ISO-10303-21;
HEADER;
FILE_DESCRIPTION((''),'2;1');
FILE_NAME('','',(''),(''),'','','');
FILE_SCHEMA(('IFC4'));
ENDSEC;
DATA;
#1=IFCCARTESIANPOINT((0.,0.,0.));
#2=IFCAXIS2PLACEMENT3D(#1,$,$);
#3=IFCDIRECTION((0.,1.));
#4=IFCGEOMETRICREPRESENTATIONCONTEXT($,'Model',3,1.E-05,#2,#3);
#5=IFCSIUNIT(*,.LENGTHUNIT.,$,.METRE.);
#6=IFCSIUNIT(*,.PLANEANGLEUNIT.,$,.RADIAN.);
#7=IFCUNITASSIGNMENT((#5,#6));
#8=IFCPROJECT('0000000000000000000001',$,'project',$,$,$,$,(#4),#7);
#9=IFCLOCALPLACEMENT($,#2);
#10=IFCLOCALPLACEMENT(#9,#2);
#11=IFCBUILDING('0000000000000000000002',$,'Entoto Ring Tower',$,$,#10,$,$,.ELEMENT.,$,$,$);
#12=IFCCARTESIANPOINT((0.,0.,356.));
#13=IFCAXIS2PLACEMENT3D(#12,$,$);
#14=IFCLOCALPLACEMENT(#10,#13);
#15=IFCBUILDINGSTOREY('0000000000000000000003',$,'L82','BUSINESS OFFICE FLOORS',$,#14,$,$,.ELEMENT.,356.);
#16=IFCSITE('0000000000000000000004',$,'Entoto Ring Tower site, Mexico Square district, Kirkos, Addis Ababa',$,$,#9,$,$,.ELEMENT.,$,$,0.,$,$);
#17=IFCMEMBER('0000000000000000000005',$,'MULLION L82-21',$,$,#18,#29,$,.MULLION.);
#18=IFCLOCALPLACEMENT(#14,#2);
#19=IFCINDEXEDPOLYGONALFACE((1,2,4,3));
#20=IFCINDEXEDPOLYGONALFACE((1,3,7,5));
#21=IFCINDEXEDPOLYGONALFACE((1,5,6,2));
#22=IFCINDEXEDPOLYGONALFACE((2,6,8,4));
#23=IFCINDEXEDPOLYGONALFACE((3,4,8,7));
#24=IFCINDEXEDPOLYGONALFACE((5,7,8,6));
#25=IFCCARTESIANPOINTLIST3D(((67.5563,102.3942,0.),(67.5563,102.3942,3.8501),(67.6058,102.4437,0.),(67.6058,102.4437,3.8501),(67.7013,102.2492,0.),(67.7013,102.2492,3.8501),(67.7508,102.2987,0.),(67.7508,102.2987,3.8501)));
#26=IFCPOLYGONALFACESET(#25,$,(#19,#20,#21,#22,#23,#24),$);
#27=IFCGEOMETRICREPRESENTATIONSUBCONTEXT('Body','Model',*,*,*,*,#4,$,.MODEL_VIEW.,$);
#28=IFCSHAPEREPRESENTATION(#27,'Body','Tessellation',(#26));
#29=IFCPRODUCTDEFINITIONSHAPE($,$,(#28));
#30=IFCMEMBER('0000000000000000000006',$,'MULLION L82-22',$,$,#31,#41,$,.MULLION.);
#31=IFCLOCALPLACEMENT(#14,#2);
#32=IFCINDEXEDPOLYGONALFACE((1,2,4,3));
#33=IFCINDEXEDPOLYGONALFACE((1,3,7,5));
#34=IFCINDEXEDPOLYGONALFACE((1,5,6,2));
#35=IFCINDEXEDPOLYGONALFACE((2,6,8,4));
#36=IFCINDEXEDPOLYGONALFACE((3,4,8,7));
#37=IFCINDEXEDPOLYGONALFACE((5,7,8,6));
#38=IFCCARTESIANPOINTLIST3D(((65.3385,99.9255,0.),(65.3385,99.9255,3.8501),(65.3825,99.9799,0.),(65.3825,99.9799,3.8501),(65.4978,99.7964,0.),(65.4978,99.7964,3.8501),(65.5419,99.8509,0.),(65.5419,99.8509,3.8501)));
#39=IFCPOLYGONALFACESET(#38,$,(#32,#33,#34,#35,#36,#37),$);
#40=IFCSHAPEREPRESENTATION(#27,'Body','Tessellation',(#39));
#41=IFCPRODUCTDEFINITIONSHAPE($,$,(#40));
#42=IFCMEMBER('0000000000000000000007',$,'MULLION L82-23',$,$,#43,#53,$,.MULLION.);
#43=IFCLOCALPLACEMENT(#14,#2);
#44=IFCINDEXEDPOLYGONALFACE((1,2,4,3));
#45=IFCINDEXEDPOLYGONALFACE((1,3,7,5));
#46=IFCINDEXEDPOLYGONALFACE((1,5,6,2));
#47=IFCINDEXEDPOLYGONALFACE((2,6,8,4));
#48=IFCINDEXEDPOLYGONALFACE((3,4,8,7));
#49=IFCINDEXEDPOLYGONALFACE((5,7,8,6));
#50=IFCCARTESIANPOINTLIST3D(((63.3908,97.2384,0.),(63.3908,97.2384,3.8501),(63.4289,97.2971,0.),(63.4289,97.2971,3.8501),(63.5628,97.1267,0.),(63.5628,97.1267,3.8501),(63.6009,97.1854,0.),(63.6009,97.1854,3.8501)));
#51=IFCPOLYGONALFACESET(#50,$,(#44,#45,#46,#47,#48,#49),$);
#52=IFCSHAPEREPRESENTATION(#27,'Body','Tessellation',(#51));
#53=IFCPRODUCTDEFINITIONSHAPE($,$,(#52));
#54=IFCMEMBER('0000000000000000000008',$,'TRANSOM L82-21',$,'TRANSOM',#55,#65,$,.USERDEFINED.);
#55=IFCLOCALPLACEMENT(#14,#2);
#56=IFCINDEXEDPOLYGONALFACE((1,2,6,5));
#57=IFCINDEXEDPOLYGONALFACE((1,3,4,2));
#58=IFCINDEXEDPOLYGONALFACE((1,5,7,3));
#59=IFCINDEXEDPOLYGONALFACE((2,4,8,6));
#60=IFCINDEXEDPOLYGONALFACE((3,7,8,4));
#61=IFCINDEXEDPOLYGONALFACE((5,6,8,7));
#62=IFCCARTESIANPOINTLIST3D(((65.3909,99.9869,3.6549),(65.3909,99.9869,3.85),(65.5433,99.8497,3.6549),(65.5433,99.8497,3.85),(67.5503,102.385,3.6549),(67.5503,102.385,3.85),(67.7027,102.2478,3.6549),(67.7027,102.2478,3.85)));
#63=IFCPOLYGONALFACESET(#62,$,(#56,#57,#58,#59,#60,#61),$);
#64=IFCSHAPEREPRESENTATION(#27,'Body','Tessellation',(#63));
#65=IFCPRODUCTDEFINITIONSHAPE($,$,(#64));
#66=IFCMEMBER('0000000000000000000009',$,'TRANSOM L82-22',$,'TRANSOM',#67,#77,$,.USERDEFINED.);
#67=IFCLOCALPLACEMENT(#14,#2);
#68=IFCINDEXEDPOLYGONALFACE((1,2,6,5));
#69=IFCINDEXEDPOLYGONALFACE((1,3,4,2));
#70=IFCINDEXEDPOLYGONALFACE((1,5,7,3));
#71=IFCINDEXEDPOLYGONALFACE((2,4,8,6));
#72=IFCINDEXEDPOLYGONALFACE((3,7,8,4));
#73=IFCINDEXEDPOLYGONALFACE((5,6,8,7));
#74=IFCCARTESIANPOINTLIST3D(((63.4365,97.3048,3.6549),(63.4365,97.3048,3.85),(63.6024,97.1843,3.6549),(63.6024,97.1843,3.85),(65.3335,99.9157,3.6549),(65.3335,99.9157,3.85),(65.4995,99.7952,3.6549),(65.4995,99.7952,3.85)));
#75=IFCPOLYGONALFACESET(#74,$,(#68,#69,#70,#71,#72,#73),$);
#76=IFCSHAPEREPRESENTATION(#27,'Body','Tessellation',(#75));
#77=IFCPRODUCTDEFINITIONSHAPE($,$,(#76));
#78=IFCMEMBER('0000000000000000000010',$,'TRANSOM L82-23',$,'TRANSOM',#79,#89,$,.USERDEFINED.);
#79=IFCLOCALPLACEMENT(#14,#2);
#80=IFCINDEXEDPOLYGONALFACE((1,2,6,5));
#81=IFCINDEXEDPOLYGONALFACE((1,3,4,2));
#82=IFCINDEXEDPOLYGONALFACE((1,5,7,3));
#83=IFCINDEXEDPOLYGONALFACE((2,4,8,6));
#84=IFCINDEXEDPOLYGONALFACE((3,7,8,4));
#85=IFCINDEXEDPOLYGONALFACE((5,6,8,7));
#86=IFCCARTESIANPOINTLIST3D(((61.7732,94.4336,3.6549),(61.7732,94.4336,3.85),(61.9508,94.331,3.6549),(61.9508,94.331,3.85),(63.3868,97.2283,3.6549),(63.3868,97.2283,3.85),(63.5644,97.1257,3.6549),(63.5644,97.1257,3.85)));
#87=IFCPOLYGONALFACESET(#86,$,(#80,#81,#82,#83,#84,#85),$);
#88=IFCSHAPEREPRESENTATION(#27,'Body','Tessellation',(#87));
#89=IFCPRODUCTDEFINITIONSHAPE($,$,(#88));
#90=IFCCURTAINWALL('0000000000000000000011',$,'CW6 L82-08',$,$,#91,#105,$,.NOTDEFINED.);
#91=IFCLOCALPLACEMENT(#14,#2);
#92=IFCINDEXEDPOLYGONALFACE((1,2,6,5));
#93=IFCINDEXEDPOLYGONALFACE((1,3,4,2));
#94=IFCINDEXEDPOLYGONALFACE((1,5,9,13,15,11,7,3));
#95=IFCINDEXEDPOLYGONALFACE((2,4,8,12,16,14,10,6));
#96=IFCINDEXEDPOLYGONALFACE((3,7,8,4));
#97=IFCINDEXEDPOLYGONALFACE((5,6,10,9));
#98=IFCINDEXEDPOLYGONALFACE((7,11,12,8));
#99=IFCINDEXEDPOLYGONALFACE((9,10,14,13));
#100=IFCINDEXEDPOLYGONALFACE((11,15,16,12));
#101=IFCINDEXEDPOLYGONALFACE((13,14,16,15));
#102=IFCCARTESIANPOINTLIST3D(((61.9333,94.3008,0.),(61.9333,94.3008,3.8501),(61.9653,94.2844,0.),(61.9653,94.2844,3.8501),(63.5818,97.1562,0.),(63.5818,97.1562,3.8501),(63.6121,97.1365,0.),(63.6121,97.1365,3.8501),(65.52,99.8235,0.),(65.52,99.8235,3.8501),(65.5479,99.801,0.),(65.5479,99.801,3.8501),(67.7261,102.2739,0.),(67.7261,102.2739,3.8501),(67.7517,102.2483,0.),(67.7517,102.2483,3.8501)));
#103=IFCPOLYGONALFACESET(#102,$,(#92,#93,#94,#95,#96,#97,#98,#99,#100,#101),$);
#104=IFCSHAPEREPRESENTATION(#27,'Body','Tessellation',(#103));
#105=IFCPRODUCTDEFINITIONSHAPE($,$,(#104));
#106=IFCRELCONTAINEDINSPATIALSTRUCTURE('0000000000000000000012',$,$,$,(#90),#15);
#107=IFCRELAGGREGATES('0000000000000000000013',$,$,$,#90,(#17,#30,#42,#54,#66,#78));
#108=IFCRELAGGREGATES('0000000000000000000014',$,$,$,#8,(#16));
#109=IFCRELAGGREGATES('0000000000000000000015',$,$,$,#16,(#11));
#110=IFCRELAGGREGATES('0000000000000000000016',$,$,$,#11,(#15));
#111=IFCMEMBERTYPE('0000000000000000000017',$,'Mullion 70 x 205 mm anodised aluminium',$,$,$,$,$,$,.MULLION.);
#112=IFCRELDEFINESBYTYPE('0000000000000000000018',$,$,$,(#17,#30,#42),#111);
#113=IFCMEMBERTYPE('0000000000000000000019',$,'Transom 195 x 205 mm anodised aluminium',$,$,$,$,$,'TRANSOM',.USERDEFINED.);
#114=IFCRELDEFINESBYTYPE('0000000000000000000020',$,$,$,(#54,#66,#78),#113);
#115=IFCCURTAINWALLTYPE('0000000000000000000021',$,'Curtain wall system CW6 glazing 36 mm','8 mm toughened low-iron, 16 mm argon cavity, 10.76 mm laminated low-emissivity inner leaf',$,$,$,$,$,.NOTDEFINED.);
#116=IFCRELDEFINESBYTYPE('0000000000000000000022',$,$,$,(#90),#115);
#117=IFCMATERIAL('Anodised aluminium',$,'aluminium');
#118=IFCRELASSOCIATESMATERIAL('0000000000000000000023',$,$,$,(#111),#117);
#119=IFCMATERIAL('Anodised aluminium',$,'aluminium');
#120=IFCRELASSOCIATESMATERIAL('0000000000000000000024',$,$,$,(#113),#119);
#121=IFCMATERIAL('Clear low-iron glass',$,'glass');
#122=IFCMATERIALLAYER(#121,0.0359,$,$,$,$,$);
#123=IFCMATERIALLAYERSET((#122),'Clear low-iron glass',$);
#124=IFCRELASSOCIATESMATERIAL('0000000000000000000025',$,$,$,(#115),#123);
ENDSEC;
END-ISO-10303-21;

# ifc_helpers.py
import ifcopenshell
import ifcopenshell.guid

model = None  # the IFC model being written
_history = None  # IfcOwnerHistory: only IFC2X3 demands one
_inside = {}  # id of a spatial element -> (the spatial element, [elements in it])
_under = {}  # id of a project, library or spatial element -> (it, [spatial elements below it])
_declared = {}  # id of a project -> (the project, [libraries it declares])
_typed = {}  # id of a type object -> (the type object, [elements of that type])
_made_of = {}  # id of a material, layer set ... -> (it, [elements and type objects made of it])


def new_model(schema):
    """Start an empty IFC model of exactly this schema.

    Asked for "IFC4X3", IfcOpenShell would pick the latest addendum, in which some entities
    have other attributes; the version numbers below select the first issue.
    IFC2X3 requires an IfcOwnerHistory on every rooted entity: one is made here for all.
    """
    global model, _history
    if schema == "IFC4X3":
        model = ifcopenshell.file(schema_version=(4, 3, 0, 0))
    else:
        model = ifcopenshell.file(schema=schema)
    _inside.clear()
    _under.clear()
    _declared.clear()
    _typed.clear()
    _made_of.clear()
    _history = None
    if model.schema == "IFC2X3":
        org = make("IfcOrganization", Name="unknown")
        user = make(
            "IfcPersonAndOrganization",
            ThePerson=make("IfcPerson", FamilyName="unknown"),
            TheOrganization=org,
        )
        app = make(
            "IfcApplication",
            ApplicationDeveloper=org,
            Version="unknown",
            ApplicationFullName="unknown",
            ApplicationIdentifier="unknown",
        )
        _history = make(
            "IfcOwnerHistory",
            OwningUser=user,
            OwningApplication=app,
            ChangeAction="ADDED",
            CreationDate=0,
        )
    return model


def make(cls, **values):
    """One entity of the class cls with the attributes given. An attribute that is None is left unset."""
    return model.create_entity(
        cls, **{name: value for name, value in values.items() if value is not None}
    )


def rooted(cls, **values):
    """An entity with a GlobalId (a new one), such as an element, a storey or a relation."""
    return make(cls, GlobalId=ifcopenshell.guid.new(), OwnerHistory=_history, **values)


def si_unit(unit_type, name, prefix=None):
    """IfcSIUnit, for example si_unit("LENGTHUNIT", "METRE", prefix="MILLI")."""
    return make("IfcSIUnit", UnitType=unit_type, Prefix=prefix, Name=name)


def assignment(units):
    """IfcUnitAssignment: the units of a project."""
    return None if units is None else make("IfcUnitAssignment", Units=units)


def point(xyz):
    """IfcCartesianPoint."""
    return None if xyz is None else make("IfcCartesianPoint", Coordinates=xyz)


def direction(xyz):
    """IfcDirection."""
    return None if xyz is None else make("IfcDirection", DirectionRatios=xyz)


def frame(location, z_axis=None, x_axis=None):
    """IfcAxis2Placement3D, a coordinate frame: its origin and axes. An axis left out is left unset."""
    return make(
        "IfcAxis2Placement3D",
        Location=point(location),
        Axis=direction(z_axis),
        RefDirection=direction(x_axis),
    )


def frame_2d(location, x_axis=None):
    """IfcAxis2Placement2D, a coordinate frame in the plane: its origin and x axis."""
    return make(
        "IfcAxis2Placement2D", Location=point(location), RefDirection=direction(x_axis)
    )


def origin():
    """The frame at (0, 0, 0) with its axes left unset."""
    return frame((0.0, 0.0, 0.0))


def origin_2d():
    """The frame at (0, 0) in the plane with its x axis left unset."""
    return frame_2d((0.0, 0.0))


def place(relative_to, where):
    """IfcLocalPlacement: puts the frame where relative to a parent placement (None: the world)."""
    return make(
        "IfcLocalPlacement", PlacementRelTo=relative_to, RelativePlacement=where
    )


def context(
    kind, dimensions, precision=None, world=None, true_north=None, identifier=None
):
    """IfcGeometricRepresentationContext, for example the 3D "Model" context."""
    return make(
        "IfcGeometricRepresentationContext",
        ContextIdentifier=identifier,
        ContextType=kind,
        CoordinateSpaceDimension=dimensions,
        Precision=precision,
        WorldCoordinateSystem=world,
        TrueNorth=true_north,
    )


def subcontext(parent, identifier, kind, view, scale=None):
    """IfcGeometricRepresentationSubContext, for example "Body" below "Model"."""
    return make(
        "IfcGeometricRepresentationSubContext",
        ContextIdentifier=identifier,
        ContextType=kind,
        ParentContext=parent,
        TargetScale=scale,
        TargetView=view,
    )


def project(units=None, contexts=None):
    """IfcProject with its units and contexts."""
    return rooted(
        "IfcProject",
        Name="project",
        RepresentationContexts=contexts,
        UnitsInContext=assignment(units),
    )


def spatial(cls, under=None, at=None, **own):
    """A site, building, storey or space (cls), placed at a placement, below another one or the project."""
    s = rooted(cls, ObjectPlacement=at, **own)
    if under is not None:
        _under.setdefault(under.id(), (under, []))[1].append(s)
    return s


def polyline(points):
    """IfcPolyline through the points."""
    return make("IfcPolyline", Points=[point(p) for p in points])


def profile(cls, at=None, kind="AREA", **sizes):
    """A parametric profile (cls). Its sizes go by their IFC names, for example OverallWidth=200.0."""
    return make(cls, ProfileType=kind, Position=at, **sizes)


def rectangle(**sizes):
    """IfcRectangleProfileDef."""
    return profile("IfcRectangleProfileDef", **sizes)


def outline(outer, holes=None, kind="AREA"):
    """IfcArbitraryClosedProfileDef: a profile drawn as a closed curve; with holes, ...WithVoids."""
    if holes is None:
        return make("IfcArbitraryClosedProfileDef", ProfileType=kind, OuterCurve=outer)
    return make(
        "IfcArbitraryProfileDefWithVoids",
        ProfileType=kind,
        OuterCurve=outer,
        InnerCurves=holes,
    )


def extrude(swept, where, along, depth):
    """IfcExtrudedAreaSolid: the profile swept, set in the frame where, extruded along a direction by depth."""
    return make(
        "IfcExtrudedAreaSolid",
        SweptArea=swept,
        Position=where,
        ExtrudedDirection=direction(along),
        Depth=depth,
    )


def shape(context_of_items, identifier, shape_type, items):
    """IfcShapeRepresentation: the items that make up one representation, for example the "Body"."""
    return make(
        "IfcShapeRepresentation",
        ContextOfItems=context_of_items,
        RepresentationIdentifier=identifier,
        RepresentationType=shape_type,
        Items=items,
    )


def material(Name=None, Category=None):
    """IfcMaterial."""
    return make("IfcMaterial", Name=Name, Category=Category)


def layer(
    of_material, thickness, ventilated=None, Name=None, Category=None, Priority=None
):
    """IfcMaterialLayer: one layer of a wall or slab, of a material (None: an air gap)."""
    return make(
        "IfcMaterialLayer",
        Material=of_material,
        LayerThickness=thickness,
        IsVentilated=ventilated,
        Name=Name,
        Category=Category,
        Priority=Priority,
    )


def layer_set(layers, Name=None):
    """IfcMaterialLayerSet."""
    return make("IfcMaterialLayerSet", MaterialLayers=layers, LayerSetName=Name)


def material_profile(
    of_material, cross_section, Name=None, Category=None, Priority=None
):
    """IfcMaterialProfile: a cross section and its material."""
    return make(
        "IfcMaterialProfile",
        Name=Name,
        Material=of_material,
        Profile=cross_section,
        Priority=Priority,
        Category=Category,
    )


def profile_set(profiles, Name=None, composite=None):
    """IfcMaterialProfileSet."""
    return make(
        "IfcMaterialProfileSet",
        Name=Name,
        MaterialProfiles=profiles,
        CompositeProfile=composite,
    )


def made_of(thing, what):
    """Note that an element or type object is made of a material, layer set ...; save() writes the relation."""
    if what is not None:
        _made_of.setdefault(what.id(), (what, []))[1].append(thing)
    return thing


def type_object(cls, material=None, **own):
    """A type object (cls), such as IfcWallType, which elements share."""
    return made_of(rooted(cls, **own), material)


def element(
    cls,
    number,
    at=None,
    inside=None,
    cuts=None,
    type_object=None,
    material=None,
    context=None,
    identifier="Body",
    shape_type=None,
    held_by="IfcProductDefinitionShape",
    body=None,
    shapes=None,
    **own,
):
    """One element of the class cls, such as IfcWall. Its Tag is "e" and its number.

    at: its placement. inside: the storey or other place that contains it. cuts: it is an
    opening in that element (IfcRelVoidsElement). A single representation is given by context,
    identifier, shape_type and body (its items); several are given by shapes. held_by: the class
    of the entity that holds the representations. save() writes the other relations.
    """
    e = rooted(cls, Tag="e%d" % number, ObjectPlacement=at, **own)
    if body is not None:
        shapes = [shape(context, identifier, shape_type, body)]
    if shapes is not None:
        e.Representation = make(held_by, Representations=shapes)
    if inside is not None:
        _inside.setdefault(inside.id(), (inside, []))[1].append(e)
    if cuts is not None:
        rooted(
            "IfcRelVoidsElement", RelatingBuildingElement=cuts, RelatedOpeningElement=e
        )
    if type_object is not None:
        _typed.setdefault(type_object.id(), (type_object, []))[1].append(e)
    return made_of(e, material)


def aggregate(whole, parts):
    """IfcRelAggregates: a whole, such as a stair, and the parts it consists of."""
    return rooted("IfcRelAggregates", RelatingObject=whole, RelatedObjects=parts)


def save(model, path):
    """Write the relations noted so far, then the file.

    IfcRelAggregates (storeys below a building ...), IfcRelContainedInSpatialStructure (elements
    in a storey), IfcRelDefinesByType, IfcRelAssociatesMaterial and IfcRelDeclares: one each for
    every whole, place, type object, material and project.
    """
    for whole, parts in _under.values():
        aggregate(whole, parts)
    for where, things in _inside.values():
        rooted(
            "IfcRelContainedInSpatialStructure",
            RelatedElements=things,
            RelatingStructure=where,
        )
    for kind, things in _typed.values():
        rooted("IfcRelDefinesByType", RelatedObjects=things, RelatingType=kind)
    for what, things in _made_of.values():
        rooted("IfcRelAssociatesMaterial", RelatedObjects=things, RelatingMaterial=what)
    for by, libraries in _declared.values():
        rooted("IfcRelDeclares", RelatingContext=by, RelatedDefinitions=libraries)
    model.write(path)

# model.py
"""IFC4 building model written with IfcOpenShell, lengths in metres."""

from ifc_helpers import new_model, si_unit, direction, frame, origin, origin_2d, place, context, subcontext, project, spatial, polyline, rectangle, outline, extrude, material, layer, layer_set, material_profile, profile_set, type_object, element, aggregate, save


model = new_model("IFC4")

# Units and contexts
model_context = context("Model", 3, precision=1e-05, world=origin(), true_north=direction((0.0, 1.0)))
body_context = subcontext(model_context, "Body", "Model", "MODEL_VIEW")
ifc_project = project(units=[si_unit("LENGTHUNIT", "METRE"), si_unit("PLANEANGLEUNIT", "RADIAN")], contexts=[model_context])

# Members
ifc_material_1 = material(Name="Anodised aluminium", Category="aluminium")
ifc_material_profile_1 = material_profile(ifc_material_1, rectangle(XDim=0.0701, YDim=0.2051, at=origin_2d()), Name="Mullion 70 x 205 mm anodised aluminium")
ifc_profile_set_1 = profile_set([ifc_material_profile_1], Name="Anodised aluminium")
member_type_1 = type_object("IfcMemberType", Name="Mullion 70 x 205 mm anodised aluminium", PredefinedType="MULLION", material=ifc_profile_set_1)
site_placement = place(None, origin())
building_placement = place(site_placement, origin())
storey_placement = place(building_placement, frame((0.0, 0.0, 356.0)))
member_1_placement = place(storey_placement, frame((67.6536, 102.3464, 0.0), z_axis=(0.0, 0.0, 1.0), x_axis=(-0.707107, -0.707107, 0.0)))
member_1 = element("IfcMember", 1, at=member_1_placement, type_object=member_type_1, Name="MULLION L82-21", PredefinedType="MULLION", context=body_context, shape_type="SweptSolid", body=[
    extrude(rectangle(XDim=0.0701, YDim=0.2051, at=origin_2d()), origin(), (0.0, 0.0, 1.0), 3.8501),
])
member_2_placement = place(storey_placement, frame((65.4402, 99.8882, 0.0), z_axis=(0.0, 0.0, 1.0), x_axis=(-0.62932, -0.777146, 0.0)))
member_2 = element("IfcMember", 2, at=member_2_placement, type_object=member_type_1, Name="MULLION L82-22", PredefinedType="MULLION", context=body_context, shape_type="SweptSolid", body=[
    extrude(rectangle(XDim=0.0701, YDim=0.2051, at=origin_2d()), origin(), (0.0, 0.0, 1.0), 3.8501),
])
member_3_placement = place(storey_placement, frame((63.4958, 97.2119, 0.0), z_axis=(0.0, 0.0, 1.0), x_axis=(-0.544639, -0.838671, 0.0)))
member_3 = element("IfcMember", 3, at=member_3_placement, type_object=member_type_1, Name="MULLION L82-23", PredefinedType="MULLION", context=body_context, shape_type="SweptSolid", body=[
    extrude(rectangle(XDim=0.0701, YDim=0.2051, at=origin_2d()), origin(), (0.0, 0.0, 1.0), 3.8501),
])
ifc_material_2 = material(Name="Anodised aluminium", Category="aluminium")
ifc_material_profile_2 = material_profile(ifc_material_2, rectangle(XDim=0.2051, YDim=0.1951, at=origin_2d()), Name="Transom 195 x 205 mm anodised aluminium")
ifc_profile_set_2 = profile_set([ifc_material_profile_2], Name="Anodised aluminium")
member_type_2 = type_object("IfcMemberType", Name="Transom 195 x 205 mm anodised aluminium", ElementType="TRANSOM", PredefinedType="USERDEFINED", material=ifc_profile_set_2)
member_4_placement = place(storey_placement, frame((67.6265, 102.3164, 3.7524), z_axis=(-0.669144, -0.743132, 0.0), x_axis=(0.743132, -0.669144, 0.0)))
member_4 = element("IfcMember", 4, at=member_4_placement, type_object=member_type_2, Name="TRANSOM L82-21", ObjectType="TRANSOM", PredefinedType="USERDEFINED", context=body_context, shape_type="SweptSolid", body=[
    extrude(rectangle(XDim=0.2051, YDim=0.1951, at=origin_2d()), origin(), (0.0, 0.0, 1.0), 3.2271),
])
member_5_placement = place(storey_placement, frame((65.4165, 99.8555, 3.7524), z_axis=(-0.587803, -0.809004, 0.0), x_axis=(0.809004, -0.587803, 0.0)))
member_5 = element("IfcMember", 5, at=member_5_placement, type_object=member_type_2, Name="TRANSOM L82-22", ObjectType="TRANSOM", PredefinedType="USERDEFINED", context=body_context, shape_type="SweptSolid", body=[
    extrude(rectangle(XDim=0.2051, YDim=0.1951, at=origin_2d()), origin(), (0.0, 0.0, 1.0), 3.2273),
])
member_6_placement = place(storey_placement, frame((63.4756, 97.177, 3.7524), z_axis=(-0.500004, -0.866023, 0.0), x_axis=(0.866023, -0.500004, 0.0)))
member_6 = element("IfcMember", 6, at=member_6_placement, type_object=member_type_2, Name="TRANSOM L82-23", ObjectType="TRANSOM", PredefinedType="USERDEFINED", context=body_context, shape_type="SweptSolid", body=[
    extrude(rectangle(XDim=0.2051, YDim=0.1951, at=origin_2d()), origin(), (0.0, 0.0, 1.0), 3.2271),
])

# Site, building, storey
site = spatial("IfcSite", under=ifc_project, at=site_placement, Name="Entoto Ring Tower site, Mexico Square district, Kirkos, Addis Ababa", CompositionType="ELEMENT", RefElevation=0.0)
building = spatial("IfcBuilding", under=site, at=building_placement, Name="Entoto Ring Tower", CompositionType="ELEMENT")
storey = spatial("IfcBuildingStorey", under=building, at=storey_placement, Name="L82", Description="BUSINESS OFFICE FLOORS", CompositionType="ELEMENT", Elevation=356.0)

# Curtain wall
ifc_material_3 = material(Name="Clear low-iron glass", Category="glass")
ifc_layer = layer(ifc_material_3, 0.0359)
ifc_layer_set = layer_set([ifc_layer], Name="Clear low-iron glass")
curtain_wall_type = type_object("IfcCurtainWallType", Name="Curtain wall system CW6 glazing 36 mm", Description="8 mm toughened low-iron, 16 mm argon cavity, 10.76 mm laminated low-emissivity inner leaf", PredefinedType="NOTDEFINED", material=ifc_layer_set)
curtain_wall_1_placement = place(storey_placement, origin())
curtain_wall_1 = element("IfcCurtainWall", 7, at=curtain_wall_1_placement, inside=storey, type_object=curtain_wall_type, Name="CW6 L82-08", PredefinedType="NOTDEFINED", context=body_context, shape_type="SweptSolid", body=[
    extrude(outline(polyline([(67.7261, 102.2739), (65.52, 99.8235), (63.5818, 97.1562), (61.9333, 94.3008), (61.9653, 94.2844), (63.6121, 97.1365), (65.5479, 99.801), (67.7517, 102.2483), (67.7261, 102.2739)])), origin(), (0.0, 0.0, 1.0), 3.8501),
])
aggregate(curtain_wall_1, [member_1, member_2, member_3, member_4, member_5, member_6])

save(model, "model.ifc")
